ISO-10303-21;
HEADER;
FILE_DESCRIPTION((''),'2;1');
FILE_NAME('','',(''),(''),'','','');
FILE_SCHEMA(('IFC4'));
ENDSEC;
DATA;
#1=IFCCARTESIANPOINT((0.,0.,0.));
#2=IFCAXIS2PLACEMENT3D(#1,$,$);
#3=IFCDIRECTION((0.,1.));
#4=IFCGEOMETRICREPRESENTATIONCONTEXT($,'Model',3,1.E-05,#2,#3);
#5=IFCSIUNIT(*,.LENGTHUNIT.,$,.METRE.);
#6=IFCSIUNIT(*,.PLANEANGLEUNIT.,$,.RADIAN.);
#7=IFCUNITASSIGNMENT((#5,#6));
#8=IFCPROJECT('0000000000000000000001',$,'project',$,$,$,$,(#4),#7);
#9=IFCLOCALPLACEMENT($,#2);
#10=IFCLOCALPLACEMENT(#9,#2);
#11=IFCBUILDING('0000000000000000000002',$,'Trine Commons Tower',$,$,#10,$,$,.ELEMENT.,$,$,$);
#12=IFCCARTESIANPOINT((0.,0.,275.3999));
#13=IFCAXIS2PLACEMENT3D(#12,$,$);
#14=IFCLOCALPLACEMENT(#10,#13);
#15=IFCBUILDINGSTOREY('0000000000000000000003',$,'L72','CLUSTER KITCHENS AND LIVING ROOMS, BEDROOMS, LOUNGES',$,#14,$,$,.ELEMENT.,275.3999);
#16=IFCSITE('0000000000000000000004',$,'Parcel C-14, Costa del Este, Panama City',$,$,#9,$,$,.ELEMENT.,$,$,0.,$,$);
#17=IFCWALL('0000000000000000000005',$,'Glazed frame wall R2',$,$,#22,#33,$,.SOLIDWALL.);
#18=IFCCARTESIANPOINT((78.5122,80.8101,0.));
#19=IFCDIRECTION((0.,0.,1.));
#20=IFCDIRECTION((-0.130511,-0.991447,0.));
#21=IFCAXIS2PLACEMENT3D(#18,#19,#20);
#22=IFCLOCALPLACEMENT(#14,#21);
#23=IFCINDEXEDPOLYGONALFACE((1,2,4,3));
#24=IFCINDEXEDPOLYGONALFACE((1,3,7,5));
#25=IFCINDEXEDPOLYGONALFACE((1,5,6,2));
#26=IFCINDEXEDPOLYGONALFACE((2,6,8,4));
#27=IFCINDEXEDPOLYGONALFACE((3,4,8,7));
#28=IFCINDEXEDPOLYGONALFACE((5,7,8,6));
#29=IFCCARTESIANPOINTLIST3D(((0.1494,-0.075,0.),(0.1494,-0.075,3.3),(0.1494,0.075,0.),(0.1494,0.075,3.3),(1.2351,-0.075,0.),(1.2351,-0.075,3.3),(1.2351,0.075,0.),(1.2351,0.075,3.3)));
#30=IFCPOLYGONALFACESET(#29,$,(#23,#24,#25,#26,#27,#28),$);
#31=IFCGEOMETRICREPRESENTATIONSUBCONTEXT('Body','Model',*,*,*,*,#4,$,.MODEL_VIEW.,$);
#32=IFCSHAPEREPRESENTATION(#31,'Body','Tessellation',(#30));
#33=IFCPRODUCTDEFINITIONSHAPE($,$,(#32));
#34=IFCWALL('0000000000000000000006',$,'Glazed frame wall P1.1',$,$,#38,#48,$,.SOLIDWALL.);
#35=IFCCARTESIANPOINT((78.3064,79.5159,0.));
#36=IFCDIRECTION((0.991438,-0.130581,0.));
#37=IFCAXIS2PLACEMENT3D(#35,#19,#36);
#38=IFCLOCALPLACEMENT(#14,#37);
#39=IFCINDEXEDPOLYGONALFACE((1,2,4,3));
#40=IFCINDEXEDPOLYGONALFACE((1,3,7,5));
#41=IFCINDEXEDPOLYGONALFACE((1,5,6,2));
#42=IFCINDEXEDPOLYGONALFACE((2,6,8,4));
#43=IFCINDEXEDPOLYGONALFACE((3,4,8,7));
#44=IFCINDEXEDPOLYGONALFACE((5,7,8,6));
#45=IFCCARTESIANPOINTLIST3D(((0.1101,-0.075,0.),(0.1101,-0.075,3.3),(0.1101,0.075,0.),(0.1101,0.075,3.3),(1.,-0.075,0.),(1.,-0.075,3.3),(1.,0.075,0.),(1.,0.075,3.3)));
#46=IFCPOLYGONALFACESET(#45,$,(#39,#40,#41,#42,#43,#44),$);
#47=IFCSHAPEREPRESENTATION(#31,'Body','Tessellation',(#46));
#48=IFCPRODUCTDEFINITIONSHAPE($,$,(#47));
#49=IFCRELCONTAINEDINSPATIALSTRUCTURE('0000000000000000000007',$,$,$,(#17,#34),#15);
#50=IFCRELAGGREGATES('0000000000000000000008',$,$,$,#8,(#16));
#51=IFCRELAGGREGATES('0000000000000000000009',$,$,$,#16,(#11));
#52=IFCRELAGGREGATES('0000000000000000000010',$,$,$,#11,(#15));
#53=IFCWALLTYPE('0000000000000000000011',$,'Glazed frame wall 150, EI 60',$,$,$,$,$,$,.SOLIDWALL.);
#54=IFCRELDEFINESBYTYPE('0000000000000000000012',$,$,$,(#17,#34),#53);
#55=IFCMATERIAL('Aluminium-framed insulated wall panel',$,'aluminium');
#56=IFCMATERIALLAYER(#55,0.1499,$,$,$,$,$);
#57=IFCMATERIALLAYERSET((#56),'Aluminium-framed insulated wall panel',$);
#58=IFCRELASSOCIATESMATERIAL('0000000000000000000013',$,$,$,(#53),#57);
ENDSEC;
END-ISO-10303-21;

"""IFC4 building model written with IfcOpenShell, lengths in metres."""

from ifc_helpers import new_model, si_unit, direction, frame, origin, place, context, subcontext, project, spatial, polyline, outline, extrude, material, layer, layer_set, type_object, element, save


model = new_model("IFC4")

# Units and contexts
model_context = context("Model", 3, precision=1e-05, world=origin(), true_north=direction((0.0, 1.0)))
body_context = subcontext(model_context, "Body", "Model", "MODEL_VIEW")
ifc_project = project(units=[si_unit("LENGTHUNIT", "METRE"), si_unit("PLANEANGLEUNIT", "RADIAN")], contexts=[model_context])

# Site, building, storey
site_placement = place(None, origin())
site = spatial("IfcSite", under=ifc_project, at=site_placement, Name="Parcel C-14, Costa del Este, Panama City", CompositionType="ELEMENT", RefElevation=0.0)
building_placement = place(site_placement, origin())
building = spatial("IfcBuilding", under=site, at=building_placement, Name="Trine Commons Tower", CompositionType="ELEMENT")
storey_placement = place(building_placement, frame((0.0, 0.0, 275.3999)))
storey = spatial("IfcBuildingStorey", under=building, at=storey_placement, Name="L72", Description="CLUSTER KITCHENS AND LIVING ROOMS, BEDROOMS, LOUNGES", CompositionType="ELEMENT", Elevation=275.3999)

# Walls
ifc_material_1 = material(Name="Aluminium-framed insulated wall panel", Category="aluminium")
ifc_layer_1 = layer(ifc_material_1, 0.1499)
ifc_layer_set_1 = layer_set([ifc_layer_1], Name="Aluminium-framed insulated wall panel")
wall_type_1 = type_object("IfcWallType", Name="Glazed frame wall 150, EI 60", PredefinedType="SOLIDWALL", material=ifc_layer_set_1)
wall_1_placement = place(storey_placement, frame((78.5122, 80.8101, 0.0), z_axis=(0.0, 0.0, 1.0), x_axis=(-0.130511, -0.991447, 0.0)))
element("IfcWall", 1, at=wall_1_placement, inside=storey, type_object=wall_type_1, Name="Glazed frame wall R2", PredefinedType="SOLIDWALL", context=body_context, shape_type="SweptSolid", body=[
    extrude(outline(polyline([(0.1494, 0.075), (0.1494, -0.075), (1.2351, -0.075), (1.2351, 0.075), (0.1494, 0.075)])), origin(), (0.0, 0.0, 1.0), 3.3),
])
wall_2_placement = place(storey_placement, frame((78.3064, 79.5159, 0.0), z_axis=(0.0, 0.0, 1.0), x_axis=(0.991438, -0.130581, 0.0)))
element("IfcWall", 2, at=wall_2_placement, inside=storey, type_object=wall_type_1, Name="Glazed frame wall P1.1", PredefinedType="SOLIDWALL", context=body_context, shape_type="SweptSolid", body=[
    extrude(outline(polyline([(0.1101, -0.075), (1.0, -0.075), (1.0, 0.075), (0.1101, 0.075), (0.1101, -0.075)])), origin(), (0.0, 0.0, 1.0), 3.3),
])

save(model, "model.ifc")
